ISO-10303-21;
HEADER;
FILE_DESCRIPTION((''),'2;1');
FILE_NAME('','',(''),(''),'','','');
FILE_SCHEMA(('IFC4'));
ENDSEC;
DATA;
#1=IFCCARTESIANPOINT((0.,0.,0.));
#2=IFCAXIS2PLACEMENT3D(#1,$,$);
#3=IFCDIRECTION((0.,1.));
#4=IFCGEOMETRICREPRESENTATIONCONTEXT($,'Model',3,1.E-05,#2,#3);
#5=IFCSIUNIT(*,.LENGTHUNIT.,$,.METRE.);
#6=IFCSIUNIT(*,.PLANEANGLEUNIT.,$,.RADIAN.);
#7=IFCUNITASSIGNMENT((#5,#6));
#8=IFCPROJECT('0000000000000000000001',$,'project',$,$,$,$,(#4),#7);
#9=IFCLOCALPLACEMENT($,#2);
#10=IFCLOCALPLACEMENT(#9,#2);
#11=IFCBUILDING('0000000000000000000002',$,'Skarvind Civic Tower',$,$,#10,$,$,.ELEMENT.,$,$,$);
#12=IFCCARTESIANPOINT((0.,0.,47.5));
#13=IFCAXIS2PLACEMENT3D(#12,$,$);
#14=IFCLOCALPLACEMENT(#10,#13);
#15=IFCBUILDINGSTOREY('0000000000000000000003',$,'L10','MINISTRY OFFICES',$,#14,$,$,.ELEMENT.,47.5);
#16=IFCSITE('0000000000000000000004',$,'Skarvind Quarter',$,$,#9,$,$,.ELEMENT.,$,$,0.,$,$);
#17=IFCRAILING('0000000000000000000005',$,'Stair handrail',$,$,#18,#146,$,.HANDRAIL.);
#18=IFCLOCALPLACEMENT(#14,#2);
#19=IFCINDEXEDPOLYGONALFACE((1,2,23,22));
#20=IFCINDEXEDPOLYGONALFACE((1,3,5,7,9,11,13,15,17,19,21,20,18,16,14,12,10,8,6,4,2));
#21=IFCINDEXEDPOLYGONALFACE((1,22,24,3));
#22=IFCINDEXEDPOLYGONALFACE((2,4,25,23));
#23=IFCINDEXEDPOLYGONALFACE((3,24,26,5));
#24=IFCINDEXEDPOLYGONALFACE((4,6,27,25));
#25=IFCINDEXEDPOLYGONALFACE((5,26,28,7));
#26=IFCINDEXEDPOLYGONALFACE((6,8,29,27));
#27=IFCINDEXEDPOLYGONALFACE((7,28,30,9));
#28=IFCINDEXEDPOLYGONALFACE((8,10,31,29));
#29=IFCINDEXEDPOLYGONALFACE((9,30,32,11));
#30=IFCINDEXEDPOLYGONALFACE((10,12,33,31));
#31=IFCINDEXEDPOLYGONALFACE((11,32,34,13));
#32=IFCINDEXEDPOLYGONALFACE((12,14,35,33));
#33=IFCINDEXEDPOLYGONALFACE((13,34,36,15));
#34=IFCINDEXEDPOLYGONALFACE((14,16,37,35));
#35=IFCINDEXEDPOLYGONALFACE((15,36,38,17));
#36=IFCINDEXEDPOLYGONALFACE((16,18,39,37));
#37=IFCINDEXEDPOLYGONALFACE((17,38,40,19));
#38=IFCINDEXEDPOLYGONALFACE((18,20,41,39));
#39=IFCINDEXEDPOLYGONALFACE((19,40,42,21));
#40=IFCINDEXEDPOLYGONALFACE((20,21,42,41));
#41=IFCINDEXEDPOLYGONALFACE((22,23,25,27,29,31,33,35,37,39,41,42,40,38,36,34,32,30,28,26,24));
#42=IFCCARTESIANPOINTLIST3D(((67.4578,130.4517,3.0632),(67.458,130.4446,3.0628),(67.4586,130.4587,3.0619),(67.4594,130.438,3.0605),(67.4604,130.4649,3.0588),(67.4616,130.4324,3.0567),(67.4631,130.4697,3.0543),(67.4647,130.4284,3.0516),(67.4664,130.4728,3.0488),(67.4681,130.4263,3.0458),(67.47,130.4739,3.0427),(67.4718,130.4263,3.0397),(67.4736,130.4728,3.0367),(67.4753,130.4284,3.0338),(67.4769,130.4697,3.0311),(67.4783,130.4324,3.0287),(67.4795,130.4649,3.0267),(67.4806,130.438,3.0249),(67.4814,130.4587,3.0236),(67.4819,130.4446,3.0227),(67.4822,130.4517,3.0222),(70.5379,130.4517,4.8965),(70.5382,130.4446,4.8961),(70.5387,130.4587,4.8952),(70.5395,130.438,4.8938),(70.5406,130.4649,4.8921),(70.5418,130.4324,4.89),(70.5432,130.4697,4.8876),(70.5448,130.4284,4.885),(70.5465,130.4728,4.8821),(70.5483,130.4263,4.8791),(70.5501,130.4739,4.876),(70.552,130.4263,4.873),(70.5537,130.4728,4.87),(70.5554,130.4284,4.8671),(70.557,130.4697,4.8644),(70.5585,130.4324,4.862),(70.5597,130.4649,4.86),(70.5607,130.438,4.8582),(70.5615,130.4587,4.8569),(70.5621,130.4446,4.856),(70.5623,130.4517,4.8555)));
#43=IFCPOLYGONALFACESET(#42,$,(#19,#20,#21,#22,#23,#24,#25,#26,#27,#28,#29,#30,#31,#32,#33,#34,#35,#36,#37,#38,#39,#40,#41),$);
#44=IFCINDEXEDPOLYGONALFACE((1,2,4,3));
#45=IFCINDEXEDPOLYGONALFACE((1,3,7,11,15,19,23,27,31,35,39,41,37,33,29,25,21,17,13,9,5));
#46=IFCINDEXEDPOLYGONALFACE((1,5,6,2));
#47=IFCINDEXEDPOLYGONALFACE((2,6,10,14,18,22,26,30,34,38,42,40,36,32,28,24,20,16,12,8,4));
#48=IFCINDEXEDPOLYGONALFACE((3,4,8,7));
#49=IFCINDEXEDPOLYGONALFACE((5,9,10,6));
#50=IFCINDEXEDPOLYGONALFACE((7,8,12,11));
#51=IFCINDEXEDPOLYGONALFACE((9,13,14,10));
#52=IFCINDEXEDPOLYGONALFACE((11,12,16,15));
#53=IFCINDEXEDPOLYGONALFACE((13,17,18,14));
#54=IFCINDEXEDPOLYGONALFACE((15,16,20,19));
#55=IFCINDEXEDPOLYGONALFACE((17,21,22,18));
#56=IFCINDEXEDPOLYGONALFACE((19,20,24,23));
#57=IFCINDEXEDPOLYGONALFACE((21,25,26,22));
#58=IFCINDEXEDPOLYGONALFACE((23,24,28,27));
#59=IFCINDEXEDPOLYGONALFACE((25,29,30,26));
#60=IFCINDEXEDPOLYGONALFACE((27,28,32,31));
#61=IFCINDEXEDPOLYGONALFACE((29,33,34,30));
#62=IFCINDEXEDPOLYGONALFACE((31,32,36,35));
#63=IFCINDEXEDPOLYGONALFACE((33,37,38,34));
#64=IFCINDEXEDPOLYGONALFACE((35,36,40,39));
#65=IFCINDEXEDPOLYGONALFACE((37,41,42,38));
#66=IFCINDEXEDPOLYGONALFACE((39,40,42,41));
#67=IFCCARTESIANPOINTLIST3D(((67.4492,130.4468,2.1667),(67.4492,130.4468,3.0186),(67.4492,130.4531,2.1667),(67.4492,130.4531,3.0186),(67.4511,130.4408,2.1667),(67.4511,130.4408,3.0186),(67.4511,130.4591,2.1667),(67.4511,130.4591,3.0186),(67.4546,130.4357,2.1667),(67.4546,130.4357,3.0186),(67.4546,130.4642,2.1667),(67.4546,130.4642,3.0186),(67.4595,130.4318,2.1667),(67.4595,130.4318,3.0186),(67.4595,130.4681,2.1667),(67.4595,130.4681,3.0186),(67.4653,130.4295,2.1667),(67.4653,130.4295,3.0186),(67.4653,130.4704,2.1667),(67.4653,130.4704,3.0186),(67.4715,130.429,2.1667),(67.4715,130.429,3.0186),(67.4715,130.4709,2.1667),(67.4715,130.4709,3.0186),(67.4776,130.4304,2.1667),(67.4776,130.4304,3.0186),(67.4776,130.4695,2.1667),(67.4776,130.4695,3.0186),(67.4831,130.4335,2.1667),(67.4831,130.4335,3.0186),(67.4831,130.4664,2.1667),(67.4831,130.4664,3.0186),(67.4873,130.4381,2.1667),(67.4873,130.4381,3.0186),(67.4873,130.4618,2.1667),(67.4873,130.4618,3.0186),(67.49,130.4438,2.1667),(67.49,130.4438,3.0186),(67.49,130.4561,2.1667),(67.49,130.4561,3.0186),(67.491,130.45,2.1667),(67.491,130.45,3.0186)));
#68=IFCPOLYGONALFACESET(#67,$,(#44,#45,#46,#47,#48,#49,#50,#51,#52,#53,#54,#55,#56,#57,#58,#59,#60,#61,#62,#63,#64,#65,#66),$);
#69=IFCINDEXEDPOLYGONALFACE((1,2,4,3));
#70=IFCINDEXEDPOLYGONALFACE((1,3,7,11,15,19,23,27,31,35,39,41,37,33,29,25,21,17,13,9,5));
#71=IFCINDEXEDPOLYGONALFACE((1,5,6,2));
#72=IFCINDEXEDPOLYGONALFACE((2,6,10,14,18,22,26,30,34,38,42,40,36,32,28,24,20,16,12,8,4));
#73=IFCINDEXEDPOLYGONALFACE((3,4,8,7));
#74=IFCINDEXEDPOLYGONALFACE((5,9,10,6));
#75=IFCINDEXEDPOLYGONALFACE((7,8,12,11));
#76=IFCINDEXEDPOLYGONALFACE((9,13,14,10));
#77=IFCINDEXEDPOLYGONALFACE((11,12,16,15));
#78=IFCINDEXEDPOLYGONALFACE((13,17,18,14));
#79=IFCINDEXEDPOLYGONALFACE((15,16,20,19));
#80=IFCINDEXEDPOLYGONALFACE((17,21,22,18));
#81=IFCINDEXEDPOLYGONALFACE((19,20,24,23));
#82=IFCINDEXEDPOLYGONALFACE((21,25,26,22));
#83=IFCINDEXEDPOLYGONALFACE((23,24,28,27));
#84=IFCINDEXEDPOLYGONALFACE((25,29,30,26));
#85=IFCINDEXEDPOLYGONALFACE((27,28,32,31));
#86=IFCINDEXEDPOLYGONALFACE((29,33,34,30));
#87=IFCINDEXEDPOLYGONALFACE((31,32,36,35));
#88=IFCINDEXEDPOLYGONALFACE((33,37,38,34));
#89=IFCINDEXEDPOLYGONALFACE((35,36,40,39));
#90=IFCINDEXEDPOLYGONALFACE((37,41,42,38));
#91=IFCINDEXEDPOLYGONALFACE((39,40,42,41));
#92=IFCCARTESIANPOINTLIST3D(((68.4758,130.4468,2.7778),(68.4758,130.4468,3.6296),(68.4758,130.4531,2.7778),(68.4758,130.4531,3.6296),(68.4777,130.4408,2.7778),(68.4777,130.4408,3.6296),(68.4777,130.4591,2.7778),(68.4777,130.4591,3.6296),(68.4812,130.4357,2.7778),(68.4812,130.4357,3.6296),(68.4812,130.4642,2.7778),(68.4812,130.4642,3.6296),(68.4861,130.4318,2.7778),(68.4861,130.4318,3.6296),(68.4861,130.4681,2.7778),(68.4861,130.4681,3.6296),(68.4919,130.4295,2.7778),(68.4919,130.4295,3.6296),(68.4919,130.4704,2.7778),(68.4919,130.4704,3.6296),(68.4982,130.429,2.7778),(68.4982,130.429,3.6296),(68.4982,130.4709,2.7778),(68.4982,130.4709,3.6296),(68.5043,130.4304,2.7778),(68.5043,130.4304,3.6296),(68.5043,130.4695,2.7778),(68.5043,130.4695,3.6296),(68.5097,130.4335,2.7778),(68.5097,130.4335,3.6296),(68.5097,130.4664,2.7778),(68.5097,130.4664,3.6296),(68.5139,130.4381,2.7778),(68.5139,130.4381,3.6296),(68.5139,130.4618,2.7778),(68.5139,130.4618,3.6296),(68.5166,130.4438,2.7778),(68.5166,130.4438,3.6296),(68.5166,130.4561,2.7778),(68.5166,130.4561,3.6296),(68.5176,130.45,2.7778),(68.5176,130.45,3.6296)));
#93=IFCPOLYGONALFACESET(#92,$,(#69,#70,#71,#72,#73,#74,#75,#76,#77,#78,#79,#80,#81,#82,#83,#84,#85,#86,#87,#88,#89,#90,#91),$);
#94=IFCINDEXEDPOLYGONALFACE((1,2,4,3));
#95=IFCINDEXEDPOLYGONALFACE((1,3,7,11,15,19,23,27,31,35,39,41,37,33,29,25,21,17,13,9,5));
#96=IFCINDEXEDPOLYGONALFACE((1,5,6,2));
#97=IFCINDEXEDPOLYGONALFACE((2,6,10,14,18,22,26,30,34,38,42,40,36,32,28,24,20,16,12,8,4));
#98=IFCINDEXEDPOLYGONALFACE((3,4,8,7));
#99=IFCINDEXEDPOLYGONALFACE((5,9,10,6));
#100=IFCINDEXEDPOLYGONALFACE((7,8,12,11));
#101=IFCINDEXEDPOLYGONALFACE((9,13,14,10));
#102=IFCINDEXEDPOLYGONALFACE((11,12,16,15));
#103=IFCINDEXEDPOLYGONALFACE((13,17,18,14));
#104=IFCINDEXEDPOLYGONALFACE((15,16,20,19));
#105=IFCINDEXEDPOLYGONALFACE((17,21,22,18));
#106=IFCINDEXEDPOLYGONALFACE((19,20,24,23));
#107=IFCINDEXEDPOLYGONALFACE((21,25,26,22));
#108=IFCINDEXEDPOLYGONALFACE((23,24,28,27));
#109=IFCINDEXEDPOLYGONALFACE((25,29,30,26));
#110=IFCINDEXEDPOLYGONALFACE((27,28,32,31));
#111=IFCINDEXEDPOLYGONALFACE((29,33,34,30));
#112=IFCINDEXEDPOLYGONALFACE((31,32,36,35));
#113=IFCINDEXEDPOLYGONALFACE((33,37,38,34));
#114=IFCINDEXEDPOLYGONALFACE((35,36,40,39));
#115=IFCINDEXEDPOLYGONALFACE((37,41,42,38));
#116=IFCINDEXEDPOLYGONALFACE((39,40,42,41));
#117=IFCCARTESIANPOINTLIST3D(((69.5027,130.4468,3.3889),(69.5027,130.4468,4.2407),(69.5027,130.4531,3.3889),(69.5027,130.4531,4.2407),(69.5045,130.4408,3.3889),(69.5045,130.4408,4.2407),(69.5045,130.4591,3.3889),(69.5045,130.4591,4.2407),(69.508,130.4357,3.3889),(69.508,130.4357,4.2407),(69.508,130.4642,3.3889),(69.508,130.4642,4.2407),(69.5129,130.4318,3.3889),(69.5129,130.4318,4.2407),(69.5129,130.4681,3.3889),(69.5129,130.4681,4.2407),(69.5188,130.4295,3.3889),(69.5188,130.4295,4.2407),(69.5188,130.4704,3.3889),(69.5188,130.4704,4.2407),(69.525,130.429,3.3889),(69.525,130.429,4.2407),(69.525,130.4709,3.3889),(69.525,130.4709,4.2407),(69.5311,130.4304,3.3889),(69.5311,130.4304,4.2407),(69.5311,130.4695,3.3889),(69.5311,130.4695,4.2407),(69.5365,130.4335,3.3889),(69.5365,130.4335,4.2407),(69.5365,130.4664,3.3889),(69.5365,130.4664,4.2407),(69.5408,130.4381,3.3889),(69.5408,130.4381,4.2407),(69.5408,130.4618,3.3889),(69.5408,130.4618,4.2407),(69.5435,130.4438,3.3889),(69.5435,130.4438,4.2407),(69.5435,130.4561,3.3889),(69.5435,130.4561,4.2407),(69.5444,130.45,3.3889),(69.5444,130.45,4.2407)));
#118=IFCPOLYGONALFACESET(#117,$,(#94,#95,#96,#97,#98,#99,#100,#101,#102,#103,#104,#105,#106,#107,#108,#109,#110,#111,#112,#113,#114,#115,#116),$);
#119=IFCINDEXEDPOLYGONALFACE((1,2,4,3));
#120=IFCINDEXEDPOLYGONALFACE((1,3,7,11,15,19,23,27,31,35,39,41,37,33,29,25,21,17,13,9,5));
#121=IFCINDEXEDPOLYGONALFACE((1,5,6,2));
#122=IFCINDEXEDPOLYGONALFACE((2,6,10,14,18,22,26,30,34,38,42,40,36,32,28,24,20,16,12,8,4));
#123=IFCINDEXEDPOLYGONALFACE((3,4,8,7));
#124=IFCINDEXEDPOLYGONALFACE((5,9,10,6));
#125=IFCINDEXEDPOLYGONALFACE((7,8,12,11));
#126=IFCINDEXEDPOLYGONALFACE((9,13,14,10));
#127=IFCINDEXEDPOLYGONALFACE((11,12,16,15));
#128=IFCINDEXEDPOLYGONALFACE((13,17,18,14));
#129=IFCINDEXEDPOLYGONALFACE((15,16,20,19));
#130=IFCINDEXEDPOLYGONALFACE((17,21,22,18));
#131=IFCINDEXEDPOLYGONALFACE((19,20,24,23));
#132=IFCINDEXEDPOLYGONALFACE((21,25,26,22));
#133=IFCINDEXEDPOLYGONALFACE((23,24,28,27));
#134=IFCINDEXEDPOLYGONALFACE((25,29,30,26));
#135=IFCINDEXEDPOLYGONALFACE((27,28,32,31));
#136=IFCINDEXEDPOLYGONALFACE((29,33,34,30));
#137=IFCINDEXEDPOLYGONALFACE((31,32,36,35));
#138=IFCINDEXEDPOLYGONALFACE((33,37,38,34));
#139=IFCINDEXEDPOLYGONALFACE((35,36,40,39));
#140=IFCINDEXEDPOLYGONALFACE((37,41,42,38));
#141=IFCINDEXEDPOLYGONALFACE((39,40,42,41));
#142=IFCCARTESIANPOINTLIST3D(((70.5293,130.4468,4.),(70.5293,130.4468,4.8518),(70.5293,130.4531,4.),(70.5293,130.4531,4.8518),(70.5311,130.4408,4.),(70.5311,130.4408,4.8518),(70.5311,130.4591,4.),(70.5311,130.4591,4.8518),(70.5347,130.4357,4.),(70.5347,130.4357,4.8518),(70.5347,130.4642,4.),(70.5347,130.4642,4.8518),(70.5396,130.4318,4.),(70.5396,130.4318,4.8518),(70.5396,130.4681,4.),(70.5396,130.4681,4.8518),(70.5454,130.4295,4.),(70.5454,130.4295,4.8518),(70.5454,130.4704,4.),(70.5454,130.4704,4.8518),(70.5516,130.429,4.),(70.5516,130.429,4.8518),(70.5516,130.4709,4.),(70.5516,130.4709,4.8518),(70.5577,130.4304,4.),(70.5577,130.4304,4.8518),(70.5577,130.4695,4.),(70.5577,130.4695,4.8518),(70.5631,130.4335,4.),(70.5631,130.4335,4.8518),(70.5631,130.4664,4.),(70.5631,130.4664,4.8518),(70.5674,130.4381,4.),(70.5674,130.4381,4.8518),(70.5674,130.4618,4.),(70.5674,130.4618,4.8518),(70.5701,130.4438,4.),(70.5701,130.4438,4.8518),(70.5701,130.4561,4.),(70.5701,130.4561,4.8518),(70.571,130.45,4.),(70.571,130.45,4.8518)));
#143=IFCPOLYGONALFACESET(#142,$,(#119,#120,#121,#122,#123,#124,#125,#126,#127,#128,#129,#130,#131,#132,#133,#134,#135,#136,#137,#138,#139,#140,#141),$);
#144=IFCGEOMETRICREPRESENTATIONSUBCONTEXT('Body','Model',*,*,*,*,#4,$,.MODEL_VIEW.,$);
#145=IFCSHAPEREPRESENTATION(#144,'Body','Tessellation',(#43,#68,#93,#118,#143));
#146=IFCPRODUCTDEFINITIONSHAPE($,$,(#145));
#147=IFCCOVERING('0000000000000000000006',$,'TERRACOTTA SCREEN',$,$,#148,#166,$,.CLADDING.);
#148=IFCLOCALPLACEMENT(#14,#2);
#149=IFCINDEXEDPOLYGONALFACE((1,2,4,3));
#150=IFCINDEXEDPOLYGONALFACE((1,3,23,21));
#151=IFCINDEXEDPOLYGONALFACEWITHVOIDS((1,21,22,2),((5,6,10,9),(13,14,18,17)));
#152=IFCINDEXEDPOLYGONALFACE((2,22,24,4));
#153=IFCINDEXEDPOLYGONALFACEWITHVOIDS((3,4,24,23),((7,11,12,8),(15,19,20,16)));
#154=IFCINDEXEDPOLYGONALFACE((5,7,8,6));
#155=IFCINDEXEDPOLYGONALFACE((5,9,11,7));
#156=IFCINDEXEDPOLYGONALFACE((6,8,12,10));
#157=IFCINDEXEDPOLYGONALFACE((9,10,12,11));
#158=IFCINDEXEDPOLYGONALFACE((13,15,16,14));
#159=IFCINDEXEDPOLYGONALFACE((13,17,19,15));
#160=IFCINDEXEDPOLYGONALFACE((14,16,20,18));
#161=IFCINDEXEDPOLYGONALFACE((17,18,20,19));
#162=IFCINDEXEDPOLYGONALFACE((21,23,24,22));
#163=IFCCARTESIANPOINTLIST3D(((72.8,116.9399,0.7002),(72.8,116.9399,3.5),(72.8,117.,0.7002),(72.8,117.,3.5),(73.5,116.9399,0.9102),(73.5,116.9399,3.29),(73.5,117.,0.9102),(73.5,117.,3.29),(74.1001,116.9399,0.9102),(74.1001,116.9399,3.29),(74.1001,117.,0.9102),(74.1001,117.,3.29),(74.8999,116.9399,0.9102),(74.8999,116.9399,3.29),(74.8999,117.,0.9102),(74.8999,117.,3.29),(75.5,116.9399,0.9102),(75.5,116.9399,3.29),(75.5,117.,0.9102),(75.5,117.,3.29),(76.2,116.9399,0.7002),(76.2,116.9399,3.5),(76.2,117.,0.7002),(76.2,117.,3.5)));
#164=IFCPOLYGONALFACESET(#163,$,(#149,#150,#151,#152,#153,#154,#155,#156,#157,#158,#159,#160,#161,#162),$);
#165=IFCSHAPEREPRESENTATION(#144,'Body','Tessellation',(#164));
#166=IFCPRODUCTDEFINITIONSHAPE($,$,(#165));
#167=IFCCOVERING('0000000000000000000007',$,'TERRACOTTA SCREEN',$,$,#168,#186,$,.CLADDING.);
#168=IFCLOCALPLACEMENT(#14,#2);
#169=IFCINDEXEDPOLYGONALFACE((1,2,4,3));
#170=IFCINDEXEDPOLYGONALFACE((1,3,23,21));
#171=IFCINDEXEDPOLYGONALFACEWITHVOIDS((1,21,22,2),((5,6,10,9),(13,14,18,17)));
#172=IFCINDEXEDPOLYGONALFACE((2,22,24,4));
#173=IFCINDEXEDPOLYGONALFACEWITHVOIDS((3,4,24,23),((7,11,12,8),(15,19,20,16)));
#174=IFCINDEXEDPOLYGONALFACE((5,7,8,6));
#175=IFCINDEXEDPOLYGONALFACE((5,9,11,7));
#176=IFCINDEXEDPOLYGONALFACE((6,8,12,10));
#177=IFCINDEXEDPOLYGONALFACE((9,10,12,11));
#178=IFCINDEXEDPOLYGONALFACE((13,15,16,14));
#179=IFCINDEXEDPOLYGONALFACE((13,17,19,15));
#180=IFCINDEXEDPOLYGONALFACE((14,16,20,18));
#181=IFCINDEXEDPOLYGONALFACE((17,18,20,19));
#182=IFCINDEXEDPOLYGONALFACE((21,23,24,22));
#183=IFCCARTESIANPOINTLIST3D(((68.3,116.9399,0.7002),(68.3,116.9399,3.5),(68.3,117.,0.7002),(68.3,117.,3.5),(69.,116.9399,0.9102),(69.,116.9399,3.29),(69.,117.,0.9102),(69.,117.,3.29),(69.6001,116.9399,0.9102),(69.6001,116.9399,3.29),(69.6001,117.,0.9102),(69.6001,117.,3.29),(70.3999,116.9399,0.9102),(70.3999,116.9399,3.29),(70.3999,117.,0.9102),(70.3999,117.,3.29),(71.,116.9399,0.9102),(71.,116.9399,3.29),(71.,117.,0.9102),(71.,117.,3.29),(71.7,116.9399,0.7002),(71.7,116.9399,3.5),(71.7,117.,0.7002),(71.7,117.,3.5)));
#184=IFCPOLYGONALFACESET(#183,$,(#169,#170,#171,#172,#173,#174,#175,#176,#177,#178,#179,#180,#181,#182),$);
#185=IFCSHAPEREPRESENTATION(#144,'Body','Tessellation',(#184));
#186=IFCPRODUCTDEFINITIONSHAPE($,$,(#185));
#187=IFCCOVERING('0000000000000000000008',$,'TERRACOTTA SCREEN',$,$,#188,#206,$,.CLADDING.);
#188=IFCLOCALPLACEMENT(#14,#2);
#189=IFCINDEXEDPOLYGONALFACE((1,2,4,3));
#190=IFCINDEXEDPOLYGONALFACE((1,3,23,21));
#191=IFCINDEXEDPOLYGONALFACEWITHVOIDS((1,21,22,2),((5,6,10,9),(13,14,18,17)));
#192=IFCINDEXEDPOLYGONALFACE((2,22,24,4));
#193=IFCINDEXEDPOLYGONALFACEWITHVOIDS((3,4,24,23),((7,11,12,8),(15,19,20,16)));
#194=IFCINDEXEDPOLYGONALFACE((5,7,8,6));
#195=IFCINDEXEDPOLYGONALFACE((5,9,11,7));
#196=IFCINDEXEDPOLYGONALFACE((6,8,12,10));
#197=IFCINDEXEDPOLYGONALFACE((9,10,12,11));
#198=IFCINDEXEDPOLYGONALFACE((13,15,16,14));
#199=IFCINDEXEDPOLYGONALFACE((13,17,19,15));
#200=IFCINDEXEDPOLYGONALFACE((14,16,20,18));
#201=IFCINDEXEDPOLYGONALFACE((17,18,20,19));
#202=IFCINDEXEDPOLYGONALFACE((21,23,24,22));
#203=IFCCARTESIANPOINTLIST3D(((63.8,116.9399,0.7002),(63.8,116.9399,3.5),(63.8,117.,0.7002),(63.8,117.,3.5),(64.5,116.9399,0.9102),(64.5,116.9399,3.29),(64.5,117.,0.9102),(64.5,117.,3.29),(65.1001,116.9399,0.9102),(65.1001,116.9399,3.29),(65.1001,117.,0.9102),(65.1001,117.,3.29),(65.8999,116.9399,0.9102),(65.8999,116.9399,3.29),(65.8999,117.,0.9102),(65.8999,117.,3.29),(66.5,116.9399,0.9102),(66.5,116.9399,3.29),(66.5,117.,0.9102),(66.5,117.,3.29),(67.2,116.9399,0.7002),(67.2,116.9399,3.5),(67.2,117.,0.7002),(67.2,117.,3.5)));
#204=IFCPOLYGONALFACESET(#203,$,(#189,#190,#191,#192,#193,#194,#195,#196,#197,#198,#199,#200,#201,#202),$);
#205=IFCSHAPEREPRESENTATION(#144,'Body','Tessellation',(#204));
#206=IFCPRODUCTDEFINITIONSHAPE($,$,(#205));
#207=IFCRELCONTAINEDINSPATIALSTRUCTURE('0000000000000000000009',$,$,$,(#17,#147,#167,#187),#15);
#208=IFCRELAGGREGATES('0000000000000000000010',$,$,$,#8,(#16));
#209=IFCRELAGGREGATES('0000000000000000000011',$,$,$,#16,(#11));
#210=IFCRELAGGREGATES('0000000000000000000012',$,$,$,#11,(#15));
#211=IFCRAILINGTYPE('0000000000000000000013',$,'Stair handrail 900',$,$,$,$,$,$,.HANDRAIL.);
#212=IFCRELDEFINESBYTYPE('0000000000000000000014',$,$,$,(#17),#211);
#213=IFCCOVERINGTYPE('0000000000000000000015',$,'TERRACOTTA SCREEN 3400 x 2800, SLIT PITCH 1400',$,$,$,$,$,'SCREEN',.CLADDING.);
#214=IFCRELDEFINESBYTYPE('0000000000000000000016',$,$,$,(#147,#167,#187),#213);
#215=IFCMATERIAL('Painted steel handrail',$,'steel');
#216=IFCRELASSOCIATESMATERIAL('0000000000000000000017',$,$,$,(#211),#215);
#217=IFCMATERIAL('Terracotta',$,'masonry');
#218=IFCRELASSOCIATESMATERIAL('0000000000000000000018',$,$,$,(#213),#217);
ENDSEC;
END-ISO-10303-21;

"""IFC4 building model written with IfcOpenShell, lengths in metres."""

from ifc_helpers import new_model, si_unit, direction, frame, origin, origin_2d, place, context, subcontext, project, spatial, polyline, circle, outline, extrude, material, material_profile, profile_set, type_object, element, save


model = new_model("IFC4")

# Units and contexts
model_context = context("Model", 3, precision=1e-05, world=origin(), true_north=direction((0.0, 1.0)))
body_context = subcontext(model_context, "Body", "Model", "MODEL_VIEW")
ifc_project = project(units=[si_unit("LENGTHUNIT", "METRE"), si_unit("PLANEANGLEUNIT", "RADIAN")], contexts=[model_context])

# Site, building, storey
site_placement = place(None, origin())
site = spatial("IfcSite", under=ifc_project, at=site_placement, Name="Skarvind Quarter", CompositionType="ELEMENT", RefElevation=0.0)
building_placement = place(site_placement, origin())
building = spatial("IfcBuilding", under=site, at=building_placement, Name="Skarvind Civic Tower", CompositionType="ELEMENT")
storey_placement = place(building_placement, frame((0.0, 0.0, 47.5)))
storey = spatial("IfcBuildingStorey", under=building, at=storey_placement, Name="L10", Description="MINISTRY OFFICES", CompositionType="ELEMENT", Elevation=47.5)

# Railing
ifc_material_1 = material(Name="Painted steel handrail", Category="steel")
railing_type = type_object("IfcRailingType", Name="Stair handrail 900", PredefinedType="HANDRAIL", material=ifc_material_1)
railing_1_placement = place(storey_placement, frame((67.47, 130.45, 2.1667)))
element("IfcRailing", 1, at=railing_1_placement, inside=storey, type_object=railing_type, Name="Stair handrail", PredefinedType="HANDRAIL", context=body_context, shape_type="SweptSolid", body=[
    extrude(circle(Radius=0.0239, at=origin_2d()), frame((0.0, 0.0, 0.876), z_axis=(0.859309, 0.0, 0.511458), x_axis=(0.0, 1.0, 0.0)), (0.0, 0.0, 1.0), 3.5845),
    extrude(circle(Radius=0.021, at=origin_2d()), origin(), (0.0, 0.0, 1.0), 0.8518),
    extrude(circle(Radius=0.021, at=origin_2d()), frame((1.0266, 0.0, 0.6111)), (0.0, 0.0, 1.0), 0.8518),
    extrude(circle(Radius=0.021, at=origin_2d()), frame((2.0535, 0.0, 1.2222)), (0.0, 0.0, 1.0), 0.8518),
    extrude(circle(Radius=0.021, at=origin_2d()), frame((3.0801, 0.0, 1.8333)), (0.0, 0.0, 1.0), 0.8518),
])

# Coverings
ifc_material_2 = material(Name="Terracotta", Category="masonry")
ifc_material_profile_1 = material_profile(ifc_material_2, outline(polyline([(-1.7, -1.3999), (1.7, -1.3999), (1.7, 1.3999), (-1.7, 1.3999), (-1.7, -1.3999)]), holes=[polyline([(-1.0, -1.1899), (-0.3999, -1.1899), (-0.3999, 1.1899), (-1.0, 1.1899), (-1.0, -1.1899)]), polyline([(0.3999, -1.1899), (1.0, -1.1899), (1.0, 1.1899), (0.3999, 1.1899), (0.3999, -1.1899)])]), Name="TERRACOTTA SCREEN 3400 x 2800, SLIT PITCH 1400")
ifc_profile_set_1 = profile_set([ifc_material_profile_1], Name="Terracotta")
covering_type_1 = type_object("IfcCoveringType", Name="TERRACOTTA SCREEN 3400 x 2800, SLIT PITCH 1400", ElementType="SCREEN", PredefinedType="CLADDING", material=ifc_profile_set_1)
for number, where, z_axis, x_axis, name in (
    (2, (74.5, 117.0, 2.1001), (0.0, -1.0, 0.0), (1.0, 0.0, 0.0), "TERRACOTTA SCREEN"),
    (3, (70.0, 117.0, 2.1001), (0.0, -1.0, 0.0), (1.0, 0.0, 0.0), "TERRACOTTA SCREEN"),
    (4, (65.5, 117.0, 2.1001), (0.0, -1.0, 0.0), (1.0, 0.0, 0.0), "TERRACOTTA SCREEN"),
):
    element("IfcCovering", number, at=place(storey_placement, frame(where, z_axis=z_axis, x_axis=x_axis)), inside=storey, type_object=covering_type_1, Name=name, PredefinedType="CLADDING", context=body_context, shape_type="SweptSolid", body=[
        extrude(outline(polyline([(-1.7, -1.3999), (1.7, -1.3999), (1.7, 1.3999), (-1.7, 1.3999), (-1.7, -1.3999)]), holes=[polyline([(-1.0, -1.1899), (-0.3999, -1.1899), (-0.3999, 1.1899), (-1.0, 1.1899), (-1.0, -1.1899)]), polyline([(0.3999, -1.1899), (1.0, -1.1899), (1.0, 1.1899), (0.3999, 1.1899), (0.3999, -1.1899)])]), origin(), (0.0, 0.0, 1.0), 0.0601),
    ])

save(model, "model.ifc")
